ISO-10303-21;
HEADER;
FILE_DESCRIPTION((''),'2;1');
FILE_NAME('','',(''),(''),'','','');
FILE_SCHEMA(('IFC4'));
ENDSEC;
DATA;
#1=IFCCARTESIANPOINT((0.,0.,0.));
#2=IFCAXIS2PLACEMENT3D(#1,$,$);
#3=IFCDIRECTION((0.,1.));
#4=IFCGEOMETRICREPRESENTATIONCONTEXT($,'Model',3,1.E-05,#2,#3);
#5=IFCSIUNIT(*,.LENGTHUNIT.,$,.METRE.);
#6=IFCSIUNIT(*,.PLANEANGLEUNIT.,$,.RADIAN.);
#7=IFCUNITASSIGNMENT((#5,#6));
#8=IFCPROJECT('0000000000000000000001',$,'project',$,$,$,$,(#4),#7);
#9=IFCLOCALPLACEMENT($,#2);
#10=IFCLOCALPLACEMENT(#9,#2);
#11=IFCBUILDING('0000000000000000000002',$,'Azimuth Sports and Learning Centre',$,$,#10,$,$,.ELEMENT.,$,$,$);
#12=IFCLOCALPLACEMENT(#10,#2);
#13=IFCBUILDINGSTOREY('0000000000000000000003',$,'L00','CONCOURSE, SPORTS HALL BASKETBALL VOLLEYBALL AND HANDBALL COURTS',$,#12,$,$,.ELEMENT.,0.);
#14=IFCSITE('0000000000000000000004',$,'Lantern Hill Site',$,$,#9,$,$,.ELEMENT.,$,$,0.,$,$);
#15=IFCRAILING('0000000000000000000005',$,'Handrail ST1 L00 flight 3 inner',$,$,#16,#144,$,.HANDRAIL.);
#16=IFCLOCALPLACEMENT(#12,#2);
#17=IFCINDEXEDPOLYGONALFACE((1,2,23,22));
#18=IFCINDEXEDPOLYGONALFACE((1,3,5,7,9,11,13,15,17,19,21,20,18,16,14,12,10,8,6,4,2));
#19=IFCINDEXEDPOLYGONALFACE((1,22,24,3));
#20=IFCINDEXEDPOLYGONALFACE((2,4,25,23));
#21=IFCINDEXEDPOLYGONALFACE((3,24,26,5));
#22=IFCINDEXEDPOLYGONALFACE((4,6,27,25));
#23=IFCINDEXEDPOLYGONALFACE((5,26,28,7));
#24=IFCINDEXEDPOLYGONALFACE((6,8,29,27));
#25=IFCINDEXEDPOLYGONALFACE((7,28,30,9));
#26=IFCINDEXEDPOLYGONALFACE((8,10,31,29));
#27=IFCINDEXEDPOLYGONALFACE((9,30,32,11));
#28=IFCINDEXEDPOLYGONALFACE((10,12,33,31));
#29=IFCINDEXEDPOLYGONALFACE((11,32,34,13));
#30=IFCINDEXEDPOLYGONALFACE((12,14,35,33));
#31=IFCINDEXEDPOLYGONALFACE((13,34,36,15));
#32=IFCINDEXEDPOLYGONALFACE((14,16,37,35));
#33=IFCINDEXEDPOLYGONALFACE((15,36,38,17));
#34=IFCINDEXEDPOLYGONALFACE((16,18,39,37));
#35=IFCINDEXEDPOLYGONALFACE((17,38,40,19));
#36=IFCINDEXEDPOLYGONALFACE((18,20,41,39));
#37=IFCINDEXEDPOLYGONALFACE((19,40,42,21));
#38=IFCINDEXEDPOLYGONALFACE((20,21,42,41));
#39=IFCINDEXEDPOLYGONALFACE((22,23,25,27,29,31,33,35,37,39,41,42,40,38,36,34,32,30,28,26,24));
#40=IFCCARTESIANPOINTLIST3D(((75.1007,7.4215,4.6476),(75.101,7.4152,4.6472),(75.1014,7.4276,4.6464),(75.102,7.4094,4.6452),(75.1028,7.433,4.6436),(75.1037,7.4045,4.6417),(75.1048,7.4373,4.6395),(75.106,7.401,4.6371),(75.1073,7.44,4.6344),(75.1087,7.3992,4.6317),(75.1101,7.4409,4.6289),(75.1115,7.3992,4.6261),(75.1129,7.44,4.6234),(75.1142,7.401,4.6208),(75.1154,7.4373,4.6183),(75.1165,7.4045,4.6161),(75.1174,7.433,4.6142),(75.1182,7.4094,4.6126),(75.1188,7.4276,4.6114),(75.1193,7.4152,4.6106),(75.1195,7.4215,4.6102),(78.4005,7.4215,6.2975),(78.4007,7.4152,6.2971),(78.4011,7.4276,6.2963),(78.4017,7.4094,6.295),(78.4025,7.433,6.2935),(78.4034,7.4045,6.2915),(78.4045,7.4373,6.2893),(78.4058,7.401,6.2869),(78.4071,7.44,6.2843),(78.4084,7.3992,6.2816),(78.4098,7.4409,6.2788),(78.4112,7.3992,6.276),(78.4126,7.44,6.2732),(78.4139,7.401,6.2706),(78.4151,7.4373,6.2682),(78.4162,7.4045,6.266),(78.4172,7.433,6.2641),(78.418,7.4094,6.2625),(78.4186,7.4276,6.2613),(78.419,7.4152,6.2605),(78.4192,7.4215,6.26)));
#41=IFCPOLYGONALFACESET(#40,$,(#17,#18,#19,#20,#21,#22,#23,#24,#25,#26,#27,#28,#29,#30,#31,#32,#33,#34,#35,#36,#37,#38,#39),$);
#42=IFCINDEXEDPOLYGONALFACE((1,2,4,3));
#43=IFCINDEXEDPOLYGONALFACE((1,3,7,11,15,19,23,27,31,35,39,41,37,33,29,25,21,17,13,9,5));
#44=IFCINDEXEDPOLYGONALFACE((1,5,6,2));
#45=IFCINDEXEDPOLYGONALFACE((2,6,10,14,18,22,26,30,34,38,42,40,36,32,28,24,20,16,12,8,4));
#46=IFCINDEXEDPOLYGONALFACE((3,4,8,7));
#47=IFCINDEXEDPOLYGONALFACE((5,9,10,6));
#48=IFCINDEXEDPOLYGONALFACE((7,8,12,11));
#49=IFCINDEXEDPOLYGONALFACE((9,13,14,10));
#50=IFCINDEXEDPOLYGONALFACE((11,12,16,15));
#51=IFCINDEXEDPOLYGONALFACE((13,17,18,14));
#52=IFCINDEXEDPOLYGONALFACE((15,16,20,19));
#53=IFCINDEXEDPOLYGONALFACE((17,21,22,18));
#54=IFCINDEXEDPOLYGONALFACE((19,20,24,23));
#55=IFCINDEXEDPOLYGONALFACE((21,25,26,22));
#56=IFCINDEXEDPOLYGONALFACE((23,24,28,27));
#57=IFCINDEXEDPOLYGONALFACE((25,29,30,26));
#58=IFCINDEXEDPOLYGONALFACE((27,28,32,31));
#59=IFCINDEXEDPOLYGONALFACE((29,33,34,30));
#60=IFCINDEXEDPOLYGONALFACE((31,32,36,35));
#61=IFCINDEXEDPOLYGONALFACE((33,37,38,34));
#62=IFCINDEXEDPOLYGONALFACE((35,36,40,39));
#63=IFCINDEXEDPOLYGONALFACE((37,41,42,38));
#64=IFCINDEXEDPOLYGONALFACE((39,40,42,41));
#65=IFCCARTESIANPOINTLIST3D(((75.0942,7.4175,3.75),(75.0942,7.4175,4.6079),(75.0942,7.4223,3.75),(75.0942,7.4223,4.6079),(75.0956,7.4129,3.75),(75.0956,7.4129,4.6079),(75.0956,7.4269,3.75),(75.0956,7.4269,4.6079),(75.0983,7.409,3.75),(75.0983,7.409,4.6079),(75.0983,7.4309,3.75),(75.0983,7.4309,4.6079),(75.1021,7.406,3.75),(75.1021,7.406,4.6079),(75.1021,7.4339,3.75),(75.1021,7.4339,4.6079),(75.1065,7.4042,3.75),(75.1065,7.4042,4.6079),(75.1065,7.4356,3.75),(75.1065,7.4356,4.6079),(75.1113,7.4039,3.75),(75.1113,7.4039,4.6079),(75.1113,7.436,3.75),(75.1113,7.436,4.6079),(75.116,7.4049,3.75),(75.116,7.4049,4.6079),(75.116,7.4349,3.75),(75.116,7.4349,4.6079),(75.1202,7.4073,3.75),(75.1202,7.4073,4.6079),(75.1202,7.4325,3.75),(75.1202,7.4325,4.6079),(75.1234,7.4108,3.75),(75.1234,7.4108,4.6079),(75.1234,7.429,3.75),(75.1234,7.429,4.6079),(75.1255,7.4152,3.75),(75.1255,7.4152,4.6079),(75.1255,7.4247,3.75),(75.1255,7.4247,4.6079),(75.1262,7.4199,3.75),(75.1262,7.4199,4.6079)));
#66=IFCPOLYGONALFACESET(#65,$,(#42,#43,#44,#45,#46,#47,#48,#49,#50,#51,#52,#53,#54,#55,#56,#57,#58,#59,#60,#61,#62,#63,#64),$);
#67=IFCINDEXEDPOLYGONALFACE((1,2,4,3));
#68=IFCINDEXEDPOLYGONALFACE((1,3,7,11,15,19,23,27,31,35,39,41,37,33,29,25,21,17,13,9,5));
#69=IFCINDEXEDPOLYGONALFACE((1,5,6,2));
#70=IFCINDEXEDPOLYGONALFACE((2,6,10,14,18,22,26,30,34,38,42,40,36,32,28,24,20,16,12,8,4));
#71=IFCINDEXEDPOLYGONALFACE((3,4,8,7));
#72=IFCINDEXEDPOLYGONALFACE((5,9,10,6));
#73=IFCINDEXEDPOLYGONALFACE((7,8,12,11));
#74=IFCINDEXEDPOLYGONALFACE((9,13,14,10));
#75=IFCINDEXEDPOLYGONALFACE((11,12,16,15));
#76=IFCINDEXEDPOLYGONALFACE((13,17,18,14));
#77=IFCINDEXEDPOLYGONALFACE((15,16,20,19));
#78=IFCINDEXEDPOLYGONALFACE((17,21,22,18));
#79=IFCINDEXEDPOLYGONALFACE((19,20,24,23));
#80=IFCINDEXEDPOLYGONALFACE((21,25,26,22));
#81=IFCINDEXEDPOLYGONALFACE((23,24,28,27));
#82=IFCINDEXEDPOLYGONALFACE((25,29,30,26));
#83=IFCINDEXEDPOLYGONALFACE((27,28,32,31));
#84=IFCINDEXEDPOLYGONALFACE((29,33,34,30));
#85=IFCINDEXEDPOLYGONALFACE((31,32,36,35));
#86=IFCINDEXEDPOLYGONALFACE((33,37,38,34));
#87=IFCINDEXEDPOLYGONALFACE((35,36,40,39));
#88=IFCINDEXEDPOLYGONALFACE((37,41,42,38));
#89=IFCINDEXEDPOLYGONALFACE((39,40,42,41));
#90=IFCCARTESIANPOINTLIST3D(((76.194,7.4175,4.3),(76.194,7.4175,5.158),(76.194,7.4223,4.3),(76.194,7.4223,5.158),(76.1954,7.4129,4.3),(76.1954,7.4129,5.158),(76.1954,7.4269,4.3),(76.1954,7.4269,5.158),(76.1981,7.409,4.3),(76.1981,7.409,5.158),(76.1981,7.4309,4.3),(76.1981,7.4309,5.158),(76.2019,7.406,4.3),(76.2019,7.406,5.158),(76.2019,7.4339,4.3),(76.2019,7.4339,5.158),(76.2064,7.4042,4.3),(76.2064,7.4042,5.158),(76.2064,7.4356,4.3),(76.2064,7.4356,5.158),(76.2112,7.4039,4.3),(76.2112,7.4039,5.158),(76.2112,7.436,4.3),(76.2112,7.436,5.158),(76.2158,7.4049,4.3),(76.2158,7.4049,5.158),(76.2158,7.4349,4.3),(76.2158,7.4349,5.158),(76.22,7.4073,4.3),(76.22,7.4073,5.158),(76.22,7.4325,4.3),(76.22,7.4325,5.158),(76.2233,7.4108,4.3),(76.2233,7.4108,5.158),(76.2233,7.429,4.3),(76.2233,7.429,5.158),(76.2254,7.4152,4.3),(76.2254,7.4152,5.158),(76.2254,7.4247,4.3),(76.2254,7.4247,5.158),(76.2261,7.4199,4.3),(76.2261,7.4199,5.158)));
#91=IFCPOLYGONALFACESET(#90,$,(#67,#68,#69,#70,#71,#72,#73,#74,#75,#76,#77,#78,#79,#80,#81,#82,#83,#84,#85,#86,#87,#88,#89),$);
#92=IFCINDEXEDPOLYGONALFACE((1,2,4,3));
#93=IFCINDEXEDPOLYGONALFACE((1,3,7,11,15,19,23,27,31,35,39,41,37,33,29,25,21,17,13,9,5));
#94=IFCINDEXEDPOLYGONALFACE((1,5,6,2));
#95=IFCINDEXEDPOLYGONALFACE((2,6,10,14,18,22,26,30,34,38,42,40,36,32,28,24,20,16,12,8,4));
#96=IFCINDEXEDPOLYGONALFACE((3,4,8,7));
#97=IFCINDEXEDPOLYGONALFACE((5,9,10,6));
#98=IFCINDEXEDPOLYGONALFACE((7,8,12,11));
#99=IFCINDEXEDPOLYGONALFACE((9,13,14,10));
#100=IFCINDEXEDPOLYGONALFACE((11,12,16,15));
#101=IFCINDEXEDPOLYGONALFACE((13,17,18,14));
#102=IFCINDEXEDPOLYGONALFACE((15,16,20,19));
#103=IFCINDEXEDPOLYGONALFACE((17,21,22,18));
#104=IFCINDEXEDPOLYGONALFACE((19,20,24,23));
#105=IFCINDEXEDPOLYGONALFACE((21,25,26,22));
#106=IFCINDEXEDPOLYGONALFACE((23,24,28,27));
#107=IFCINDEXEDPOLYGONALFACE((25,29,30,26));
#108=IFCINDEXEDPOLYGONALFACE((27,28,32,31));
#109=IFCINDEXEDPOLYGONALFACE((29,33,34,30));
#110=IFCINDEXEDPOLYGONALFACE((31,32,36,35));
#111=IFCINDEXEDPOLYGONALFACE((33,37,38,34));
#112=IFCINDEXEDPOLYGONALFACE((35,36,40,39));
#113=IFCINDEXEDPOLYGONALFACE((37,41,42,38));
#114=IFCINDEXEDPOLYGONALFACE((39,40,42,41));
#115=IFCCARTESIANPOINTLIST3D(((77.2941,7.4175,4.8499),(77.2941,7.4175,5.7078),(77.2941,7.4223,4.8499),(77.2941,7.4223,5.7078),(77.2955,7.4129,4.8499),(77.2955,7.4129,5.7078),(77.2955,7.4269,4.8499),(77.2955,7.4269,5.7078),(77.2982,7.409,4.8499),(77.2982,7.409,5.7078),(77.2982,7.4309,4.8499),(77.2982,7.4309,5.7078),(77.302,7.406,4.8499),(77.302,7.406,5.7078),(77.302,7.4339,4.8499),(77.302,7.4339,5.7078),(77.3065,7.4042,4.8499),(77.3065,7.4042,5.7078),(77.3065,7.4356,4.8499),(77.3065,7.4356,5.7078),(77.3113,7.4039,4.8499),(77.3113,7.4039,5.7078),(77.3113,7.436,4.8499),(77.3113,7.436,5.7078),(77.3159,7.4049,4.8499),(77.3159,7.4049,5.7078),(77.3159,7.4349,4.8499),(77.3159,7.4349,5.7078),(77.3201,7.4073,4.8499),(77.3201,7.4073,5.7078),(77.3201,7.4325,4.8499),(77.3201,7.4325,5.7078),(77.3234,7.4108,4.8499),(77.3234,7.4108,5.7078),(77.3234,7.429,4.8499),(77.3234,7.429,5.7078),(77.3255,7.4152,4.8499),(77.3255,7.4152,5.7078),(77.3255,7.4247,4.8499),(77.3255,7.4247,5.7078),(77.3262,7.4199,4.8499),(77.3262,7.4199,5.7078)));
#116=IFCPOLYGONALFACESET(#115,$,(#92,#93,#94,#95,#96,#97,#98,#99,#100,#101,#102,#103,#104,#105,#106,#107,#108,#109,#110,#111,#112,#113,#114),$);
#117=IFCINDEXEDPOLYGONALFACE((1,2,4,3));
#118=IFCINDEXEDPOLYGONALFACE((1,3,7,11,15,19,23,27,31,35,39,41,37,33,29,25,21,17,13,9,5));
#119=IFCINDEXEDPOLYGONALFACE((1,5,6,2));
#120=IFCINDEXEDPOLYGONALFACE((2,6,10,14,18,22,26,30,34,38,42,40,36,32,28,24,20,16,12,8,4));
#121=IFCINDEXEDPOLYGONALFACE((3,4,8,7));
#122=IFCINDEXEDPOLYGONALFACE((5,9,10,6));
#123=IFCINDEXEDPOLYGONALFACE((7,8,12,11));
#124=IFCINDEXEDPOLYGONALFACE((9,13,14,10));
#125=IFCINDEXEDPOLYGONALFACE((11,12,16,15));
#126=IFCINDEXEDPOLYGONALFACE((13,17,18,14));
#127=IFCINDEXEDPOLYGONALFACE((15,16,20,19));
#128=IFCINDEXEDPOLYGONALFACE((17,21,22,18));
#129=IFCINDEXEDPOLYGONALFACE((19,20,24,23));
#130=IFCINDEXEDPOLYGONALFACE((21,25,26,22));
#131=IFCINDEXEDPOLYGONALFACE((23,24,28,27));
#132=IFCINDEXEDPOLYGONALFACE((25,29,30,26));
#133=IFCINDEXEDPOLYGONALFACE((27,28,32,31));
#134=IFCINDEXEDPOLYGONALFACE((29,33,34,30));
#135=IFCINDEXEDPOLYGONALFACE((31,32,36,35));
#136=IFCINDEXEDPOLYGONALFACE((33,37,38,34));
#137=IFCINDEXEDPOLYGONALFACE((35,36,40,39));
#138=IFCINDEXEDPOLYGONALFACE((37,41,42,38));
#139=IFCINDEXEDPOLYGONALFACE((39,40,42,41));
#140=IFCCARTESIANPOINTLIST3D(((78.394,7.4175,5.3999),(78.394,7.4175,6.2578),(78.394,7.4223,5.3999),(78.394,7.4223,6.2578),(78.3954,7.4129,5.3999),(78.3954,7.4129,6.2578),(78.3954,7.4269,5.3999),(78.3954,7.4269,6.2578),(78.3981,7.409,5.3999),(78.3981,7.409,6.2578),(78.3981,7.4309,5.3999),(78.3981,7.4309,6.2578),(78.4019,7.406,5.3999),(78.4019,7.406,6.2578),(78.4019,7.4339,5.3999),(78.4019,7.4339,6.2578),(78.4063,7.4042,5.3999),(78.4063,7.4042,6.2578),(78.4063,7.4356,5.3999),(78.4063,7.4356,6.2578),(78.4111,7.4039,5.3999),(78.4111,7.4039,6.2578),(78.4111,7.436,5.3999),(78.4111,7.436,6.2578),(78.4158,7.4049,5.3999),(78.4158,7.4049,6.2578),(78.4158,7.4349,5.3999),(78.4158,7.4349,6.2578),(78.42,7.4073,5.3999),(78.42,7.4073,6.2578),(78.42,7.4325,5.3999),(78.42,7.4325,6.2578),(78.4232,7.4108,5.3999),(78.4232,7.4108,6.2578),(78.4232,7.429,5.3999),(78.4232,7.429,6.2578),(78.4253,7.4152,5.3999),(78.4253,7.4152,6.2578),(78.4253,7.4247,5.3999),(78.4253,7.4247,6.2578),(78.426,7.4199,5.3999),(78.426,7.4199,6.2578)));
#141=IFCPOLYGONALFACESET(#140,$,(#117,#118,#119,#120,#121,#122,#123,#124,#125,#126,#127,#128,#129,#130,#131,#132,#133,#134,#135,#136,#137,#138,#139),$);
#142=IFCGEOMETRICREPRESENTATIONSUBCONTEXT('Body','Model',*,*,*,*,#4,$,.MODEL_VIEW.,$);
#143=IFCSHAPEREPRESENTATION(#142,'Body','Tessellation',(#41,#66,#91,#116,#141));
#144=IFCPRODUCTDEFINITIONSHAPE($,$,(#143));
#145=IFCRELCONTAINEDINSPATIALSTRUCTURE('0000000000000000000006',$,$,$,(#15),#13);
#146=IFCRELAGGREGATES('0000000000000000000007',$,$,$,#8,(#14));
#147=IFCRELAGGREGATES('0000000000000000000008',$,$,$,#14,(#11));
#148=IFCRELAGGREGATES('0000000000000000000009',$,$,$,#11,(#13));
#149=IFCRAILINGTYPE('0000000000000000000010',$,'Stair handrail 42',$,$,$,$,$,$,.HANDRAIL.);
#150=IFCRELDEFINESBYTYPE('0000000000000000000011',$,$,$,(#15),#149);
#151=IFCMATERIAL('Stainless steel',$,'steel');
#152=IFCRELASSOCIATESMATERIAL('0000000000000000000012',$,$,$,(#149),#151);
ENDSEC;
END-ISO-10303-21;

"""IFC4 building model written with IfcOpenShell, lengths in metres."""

from ifc_helpers import new_model, si_unit, direction, frame, origin, origin_2d, place, context, subcontext, project, spatial, circle, extrude, material, type_object, element, save


model = new_model("IFC4")

# Units and contexts
model_context = context("Model", 3, precision=1e-05, world=origin(), true_north=direction((0.0, 1.0)))
body_context = subcontext(model_context, "Body", "Model", "MODEL_VIEW")
ifc_project = project(units=[si_unit("LENGTHUNIT", "METRE"), si_unit("PLANEANGLEUNIT", "RADIAN")], contexts=[model_context])

# Site, building, storey
site_placement = place(None, origin())
site = spatial("IfcSite", under=ifc_project, at=site_placement, Name="Lantern Hill Site", CompositionType="ELEMENT", RefElevation=0.0)
building_placement = place(site_placement, origin())
building = spatial("IfcBuilding", under=site, at=building_placement, Name="Azimuth Sports and Learning Centre", CompositionType="ELEMENT")
storey_placement = place(building_placement, origin())
storey = spatial("IfcBuildingStorey", under=building, at=storey_placement, Name="L00", Description="CONCOURSE, SPORTS HALL BASKETBALL VOLLEYBALL AND HANDBALL COURTS", CompositionType="ELEMENT", Elevation=0.0)

# Railing
ifc_material_1 = material(Name="Stainless steel", Category="steel")
railing_type_1 = type_object("IfcRailingType", Name="Stair handrail 42", PredefinedType="HANDRAIL", material=ifc_material_1)
for number, where, name in (
    (1, (75.1101, 7.4199, 3.75), "Handrail ST1 L00 flight 3 inner"),
):
    element("IfcRailing", number, at=place(storey_placement, frame(where)), inside=storey, type_object=railing_type_1, Name=name, PredefinedType="HANDRAIL", context=body_context, shape_type="SweptSolid", body=[
        extrude(circle(Radius=0.021, at=origin_2d()), frame((0.0, 0.0, 0.8789), z_axis=(0.894427, 0.0, 0.447214), x_axis=(0.0, 1.0, 0.0)), (0.0, 0.0, 1.0), 3.6892),
        extrude(circle(Radius=0.0161, at=origin_2d()), origin(), (0.0, 0.0, 1.0), 0.8579),
        extrude(circle(Radius=0.0161, at=origin_2d()), frame((1.0999, 0.0, 0.55)), (0.0, 0.0, 1.0), 0.8579),
        extrude(circle(Radius=0.0161, at=origin_2d()), frame((2.2, 0.0, 1.0999)), (0.0, 0.0, 1.0), 0.8579),
        extrude(circle(Radius=0.0161, at=origin_2d()), frame((3.2998, 0.0, 1.6499)), (0.0, 0.0, 1.0), 0.8579),
    ])

save(model, "model.ifc")
